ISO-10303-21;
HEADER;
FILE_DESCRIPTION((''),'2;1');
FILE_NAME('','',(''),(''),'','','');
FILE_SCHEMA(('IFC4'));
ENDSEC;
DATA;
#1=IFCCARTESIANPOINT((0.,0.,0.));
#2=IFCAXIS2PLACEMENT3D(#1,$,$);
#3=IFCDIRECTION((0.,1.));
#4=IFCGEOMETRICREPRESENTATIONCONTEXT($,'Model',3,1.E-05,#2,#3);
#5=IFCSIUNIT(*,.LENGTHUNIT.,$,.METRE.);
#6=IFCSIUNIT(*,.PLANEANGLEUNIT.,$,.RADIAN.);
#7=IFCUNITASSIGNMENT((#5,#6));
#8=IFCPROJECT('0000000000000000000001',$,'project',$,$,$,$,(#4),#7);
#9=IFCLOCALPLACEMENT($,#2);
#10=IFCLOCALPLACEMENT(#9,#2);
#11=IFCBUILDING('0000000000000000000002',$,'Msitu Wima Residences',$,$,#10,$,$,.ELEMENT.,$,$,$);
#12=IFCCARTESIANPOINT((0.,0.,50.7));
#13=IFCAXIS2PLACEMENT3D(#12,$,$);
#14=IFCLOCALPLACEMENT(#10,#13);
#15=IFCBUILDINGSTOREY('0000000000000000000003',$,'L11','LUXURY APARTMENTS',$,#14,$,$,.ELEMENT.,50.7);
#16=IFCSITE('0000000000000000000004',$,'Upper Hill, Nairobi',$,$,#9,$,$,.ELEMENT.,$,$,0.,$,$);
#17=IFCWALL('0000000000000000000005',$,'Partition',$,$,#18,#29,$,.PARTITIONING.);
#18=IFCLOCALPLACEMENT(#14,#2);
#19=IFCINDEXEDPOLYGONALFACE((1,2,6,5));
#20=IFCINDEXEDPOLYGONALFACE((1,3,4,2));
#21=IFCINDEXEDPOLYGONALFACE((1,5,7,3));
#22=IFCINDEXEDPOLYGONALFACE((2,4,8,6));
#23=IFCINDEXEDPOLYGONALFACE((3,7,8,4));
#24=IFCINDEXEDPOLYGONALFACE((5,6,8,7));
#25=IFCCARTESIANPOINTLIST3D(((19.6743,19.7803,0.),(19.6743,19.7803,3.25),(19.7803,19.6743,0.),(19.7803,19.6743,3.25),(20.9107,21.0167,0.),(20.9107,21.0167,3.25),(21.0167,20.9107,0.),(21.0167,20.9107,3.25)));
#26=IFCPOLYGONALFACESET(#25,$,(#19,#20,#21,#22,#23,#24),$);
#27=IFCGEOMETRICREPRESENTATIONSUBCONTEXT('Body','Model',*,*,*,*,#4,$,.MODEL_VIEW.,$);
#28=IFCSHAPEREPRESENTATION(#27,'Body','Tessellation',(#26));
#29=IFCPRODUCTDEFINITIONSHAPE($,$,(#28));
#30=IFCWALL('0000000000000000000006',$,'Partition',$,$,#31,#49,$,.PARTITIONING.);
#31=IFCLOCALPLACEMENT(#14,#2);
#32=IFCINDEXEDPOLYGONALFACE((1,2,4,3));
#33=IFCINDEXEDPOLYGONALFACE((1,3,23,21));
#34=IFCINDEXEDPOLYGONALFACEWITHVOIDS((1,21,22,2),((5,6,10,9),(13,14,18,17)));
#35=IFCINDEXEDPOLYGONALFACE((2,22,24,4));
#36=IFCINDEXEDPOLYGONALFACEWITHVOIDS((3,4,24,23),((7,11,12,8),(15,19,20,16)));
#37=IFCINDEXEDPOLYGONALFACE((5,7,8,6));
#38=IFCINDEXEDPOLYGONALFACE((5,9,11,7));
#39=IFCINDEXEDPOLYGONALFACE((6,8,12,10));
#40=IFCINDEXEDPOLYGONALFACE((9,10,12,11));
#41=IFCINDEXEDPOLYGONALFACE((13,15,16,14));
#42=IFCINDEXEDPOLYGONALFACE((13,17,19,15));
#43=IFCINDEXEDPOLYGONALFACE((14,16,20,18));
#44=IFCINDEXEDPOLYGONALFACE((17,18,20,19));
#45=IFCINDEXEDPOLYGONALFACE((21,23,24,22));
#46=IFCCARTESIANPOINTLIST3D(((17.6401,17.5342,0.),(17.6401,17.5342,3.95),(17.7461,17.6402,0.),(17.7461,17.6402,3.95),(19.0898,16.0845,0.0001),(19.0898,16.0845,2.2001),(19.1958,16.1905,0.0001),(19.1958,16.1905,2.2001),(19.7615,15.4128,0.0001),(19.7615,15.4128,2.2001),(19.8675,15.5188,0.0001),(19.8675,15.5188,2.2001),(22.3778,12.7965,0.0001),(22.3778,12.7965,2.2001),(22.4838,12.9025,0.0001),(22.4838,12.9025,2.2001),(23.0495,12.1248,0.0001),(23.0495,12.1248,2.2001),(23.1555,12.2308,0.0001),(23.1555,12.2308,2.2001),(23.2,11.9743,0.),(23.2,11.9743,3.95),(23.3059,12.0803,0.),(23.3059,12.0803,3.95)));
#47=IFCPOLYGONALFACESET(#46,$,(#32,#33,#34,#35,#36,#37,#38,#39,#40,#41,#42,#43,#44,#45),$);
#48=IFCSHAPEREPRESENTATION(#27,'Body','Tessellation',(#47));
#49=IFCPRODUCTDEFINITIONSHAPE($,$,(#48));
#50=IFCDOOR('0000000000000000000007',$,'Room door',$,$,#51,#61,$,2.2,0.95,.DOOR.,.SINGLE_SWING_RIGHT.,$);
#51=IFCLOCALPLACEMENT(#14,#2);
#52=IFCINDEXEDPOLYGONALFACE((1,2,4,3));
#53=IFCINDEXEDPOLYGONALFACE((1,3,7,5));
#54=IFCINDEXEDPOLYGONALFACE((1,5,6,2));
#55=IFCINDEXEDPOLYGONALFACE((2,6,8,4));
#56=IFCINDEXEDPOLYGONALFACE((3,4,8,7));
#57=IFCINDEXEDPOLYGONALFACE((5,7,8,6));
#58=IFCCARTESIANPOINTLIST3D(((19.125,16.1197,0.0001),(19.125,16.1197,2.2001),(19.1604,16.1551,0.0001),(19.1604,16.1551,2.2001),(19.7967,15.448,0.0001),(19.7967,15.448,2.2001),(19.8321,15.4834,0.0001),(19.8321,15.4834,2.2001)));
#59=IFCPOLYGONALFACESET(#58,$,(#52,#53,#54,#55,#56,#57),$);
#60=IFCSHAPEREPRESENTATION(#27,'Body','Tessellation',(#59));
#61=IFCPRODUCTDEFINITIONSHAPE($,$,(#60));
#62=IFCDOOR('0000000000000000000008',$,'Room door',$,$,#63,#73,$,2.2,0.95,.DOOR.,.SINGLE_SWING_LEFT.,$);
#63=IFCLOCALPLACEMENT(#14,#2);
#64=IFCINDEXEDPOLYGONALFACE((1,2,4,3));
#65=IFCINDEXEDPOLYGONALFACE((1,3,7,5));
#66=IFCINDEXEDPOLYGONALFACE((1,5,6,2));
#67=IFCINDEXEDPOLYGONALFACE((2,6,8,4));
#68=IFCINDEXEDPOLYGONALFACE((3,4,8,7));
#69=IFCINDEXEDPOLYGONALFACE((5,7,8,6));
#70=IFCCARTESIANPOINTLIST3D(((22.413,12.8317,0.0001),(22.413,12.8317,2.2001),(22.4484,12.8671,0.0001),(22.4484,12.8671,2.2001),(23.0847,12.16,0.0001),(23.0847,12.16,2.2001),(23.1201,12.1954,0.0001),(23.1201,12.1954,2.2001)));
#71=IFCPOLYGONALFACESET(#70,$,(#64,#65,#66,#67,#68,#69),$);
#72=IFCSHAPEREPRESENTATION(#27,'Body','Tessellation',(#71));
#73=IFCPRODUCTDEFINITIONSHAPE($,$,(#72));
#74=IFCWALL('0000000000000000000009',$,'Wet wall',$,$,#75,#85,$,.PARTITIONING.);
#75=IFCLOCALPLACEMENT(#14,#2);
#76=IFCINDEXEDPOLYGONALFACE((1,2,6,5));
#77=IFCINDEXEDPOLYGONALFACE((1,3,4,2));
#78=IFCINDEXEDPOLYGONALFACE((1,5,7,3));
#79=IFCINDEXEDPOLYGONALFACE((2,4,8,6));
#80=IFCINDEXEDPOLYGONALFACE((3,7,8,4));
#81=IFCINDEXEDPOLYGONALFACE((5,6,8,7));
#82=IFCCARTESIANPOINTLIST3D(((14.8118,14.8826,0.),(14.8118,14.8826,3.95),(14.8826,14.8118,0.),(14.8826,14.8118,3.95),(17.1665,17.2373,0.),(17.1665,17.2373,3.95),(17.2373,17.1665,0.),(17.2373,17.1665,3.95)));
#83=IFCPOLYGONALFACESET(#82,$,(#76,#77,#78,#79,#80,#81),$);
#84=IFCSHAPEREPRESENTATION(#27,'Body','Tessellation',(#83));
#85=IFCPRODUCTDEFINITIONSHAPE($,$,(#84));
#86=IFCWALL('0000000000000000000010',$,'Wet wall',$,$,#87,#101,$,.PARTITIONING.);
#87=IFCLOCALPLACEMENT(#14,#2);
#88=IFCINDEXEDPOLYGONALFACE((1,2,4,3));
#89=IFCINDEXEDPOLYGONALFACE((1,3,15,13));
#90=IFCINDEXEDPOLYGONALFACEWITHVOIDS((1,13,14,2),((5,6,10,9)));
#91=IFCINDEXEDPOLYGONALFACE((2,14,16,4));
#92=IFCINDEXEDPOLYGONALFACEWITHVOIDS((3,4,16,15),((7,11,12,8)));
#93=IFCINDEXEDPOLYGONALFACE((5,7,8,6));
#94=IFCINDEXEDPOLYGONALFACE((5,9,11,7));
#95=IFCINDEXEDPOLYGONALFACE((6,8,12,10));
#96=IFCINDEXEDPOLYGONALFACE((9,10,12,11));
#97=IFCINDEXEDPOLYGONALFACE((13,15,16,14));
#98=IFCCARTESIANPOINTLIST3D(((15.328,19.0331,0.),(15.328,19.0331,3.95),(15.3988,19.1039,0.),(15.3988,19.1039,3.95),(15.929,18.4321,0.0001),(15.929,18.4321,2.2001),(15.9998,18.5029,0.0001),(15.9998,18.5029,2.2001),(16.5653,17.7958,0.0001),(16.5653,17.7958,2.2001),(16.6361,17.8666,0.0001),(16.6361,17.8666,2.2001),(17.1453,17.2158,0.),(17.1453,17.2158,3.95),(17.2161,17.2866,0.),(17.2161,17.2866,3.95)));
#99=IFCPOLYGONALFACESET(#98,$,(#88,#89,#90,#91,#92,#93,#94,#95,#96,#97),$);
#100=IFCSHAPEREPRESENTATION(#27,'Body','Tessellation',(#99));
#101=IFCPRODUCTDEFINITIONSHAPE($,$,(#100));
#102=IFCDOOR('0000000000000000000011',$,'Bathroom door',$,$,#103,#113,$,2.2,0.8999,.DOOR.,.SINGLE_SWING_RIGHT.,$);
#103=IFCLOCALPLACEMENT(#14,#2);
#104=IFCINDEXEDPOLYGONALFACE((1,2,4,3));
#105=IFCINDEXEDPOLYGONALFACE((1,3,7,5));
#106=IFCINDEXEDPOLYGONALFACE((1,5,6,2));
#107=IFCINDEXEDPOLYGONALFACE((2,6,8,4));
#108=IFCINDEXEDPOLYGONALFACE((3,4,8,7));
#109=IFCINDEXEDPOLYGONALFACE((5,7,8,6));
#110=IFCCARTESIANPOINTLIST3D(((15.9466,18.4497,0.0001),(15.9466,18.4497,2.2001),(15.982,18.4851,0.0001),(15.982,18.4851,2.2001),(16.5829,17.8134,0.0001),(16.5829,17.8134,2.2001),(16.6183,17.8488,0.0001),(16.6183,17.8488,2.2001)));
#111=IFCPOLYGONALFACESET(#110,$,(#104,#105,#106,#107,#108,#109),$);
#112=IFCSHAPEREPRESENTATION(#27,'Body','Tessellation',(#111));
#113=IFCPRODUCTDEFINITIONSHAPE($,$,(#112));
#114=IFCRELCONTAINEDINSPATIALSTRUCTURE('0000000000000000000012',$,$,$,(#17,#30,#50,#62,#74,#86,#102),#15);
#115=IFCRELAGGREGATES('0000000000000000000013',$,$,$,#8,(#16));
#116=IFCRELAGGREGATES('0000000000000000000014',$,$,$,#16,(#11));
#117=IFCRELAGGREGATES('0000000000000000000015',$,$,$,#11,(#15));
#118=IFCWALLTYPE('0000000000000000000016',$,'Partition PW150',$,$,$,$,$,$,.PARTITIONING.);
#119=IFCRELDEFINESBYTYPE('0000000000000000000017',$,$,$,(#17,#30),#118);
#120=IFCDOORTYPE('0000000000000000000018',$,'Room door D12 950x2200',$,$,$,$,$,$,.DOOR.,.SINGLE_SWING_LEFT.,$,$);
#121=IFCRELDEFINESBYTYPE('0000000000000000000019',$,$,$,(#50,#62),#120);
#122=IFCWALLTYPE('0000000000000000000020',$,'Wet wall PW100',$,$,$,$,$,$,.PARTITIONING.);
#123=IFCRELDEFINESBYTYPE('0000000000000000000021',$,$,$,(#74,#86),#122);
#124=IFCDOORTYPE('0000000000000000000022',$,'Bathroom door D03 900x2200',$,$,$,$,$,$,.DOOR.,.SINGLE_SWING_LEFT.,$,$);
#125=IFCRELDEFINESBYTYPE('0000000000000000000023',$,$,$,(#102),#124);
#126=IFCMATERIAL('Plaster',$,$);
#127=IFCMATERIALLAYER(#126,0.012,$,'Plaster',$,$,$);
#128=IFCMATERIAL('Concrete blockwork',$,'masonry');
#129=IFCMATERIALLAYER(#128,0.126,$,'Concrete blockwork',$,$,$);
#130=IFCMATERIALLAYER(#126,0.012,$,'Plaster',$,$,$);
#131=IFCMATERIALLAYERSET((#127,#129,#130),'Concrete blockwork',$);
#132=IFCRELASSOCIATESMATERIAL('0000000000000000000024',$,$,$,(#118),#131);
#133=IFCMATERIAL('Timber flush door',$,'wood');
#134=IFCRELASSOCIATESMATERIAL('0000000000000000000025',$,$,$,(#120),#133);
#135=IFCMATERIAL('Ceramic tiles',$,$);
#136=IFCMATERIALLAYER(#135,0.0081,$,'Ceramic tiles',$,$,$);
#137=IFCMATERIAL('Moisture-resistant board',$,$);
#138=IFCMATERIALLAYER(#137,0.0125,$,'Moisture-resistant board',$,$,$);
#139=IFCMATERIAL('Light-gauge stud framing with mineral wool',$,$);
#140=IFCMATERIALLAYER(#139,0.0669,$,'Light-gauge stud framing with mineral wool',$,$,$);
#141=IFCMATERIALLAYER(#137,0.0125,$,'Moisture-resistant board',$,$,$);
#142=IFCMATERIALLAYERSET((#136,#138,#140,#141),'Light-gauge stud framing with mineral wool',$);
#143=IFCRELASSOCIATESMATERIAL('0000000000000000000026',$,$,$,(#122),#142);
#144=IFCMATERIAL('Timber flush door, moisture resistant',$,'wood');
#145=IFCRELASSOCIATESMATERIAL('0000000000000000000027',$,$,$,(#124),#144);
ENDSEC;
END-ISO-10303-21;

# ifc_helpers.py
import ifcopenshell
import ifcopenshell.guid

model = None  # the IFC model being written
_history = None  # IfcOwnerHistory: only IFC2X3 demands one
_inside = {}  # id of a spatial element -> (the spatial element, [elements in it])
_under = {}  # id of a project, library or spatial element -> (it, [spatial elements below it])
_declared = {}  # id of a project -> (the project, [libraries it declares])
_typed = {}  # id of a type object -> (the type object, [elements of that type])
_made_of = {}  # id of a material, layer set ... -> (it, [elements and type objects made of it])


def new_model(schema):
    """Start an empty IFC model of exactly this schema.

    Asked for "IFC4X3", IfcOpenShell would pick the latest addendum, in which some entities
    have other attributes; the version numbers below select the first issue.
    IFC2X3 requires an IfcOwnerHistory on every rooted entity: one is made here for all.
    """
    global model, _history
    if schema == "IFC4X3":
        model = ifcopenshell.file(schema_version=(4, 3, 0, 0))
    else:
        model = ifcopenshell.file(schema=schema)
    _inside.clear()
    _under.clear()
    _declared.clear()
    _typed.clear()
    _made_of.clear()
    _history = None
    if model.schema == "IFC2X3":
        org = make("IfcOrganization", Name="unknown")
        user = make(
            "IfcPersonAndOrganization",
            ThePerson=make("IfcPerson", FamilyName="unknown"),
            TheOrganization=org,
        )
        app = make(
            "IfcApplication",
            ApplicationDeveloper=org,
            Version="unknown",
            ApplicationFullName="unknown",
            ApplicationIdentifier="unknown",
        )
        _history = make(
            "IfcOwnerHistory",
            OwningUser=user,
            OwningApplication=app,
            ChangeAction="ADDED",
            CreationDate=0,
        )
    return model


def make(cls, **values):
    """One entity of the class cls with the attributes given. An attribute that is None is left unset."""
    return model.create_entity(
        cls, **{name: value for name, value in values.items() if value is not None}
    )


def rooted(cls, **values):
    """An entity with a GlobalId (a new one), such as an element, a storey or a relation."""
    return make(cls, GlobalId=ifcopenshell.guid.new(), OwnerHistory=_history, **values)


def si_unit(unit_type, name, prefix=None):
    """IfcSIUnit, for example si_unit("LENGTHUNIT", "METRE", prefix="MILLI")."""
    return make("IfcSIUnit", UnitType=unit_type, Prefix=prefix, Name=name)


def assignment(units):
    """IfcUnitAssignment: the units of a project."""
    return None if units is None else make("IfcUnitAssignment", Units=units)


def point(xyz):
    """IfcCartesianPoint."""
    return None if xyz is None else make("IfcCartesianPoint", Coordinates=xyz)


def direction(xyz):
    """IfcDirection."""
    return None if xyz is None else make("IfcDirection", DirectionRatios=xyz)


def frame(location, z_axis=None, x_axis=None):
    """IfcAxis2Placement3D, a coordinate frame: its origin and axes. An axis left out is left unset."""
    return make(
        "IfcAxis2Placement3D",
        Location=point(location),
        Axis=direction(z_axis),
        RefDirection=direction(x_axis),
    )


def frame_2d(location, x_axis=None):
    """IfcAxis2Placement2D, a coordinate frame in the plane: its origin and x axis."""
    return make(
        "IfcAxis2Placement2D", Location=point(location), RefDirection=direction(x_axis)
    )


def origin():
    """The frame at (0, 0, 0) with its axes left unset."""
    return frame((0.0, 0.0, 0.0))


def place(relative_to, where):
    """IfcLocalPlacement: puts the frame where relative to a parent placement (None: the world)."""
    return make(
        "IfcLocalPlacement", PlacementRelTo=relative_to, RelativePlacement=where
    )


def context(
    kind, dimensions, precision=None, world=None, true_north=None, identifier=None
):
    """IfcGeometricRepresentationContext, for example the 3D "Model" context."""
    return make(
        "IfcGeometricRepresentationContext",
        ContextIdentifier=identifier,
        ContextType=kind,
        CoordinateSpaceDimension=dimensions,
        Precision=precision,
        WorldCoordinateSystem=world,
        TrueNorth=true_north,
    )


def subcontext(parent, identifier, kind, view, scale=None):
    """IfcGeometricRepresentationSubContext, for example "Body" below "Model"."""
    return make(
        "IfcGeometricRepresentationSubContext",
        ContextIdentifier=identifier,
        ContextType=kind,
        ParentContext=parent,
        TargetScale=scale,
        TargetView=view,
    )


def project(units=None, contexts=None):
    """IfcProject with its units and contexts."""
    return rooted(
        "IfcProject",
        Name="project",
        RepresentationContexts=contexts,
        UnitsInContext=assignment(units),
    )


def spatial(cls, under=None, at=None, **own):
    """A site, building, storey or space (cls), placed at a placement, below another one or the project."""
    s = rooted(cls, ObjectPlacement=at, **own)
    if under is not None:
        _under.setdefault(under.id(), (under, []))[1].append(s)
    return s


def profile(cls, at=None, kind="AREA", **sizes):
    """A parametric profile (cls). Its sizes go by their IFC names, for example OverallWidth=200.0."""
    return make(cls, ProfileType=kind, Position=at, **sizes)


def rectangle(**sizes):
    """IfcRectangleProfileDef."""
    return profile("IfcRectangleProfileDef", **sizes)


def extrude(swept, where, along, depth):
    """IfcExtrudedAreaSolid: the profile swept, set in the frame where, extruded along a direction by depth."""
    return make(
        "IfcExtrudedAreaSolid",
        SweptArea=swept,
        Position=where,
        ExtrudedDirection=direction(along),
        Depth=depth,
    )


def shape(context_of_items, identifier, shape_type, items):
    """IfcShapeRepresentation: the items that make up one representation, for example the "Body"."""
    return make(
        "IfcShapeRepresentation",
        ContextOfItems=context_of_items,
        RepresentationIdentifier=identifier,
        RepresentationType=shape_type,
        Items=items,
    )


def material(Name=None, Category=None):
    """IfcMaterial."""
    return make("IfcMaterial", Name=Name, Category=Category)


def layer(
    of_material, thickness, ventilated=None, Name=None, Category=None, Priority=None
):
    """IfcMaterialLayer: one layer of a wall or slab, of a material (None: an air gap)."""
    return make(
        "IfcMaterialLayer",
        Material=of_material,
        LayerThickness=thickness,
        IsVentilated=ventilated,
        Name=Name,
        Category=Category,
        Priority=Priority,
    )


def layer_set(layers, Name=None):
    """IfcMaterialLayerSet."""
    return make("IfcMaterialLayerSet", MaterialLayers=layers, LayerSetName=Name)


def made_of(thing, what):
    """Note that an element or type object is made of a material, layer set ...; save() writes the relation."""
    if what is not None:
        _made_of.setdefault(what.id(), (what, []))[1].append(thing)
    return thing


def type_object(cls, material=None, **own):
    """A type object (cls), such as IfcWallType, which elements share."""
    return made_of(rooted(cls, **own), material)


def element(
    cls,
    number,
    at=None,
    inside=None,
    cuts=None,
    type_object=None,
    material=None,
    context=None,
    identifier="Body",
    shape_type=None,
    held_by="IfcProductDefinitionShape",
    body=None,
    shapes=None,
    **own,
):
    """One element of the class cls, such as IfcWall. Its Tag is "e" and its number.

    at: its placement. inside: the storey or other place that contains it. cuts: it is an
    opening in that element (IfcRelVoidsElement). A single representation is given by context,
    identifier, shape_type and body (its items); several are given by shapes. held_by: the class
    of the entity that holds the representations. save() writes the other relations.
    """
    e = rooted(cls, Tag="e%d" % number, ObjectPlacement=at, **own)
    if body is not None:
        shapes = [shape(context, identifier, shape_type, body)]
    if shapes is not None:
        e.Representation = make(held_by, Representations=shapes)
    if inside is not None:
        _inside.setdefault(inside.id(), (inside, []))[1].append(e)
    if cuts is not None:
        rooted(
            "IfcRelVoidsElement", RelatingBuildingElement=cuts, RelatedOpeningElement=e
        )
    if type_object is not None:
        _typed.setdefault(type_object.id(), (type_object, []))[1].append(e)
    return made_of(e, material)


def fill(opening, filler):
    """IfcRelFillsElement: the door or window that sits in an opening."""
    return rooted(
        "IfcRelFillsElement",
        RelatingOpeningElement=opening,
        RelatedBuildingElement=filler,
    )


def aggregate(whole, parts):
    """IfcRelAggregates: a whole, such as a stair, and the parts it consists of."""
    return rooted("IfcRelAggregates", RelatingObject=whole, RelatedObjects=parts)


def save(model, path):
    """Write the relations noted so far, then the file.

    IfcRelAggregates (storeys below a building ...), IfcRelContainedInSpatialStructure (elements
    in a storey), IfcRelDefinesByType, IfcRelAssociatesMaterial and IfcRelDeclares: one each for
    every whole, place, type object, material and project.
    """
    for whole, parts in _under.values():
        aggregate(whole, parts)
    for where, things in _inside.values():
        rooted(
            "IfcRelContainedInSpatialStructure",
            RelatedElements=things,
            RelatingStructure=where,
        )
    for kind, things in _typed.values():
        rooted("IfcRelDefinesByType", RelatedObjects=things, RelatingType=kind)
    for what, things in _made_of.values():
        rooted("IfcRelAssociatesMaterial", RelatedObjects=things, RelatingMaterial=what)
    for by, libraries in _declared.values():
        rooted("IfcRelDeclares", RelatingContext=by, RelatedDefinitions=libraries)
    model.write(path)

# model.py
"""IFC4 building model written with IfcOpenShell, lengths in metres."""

from ifc_helpers import new_model, si_unit, direction, frame, frame_2d, origin, place, context, subcontext, project, spatial, rectangle, extrude, material, layer, layer_set, type_object, element, fill, save


model = new_model("IFC4")

# Units and contexts
model_context = context("Model", 3, precision=1e-05, world=origin(), true_north=direction((0.0, 1.0)))
body_context = subcontext(model_context, "Body", "Model", "MODEL_VIEW")
ifc_project = project(units=[si_unit("LENGTHUNIT", "METRE"), si_unit("PLANEANGLEUNIT", "RADIAN")], contexts=[model_context])

# Site, building, storey
site_placement = place(None, origin())
site = spatial("IfcSite", under=ifc_project, at=site_placement, Name="Upper Hill, Nairobi", CompositionType="ELEMENT", RefElevation=0.0)
building_placement = place(site_placement, origin())
building = spatial("IfcBuilding", under=site, at=building_placement, Name="Msitu Wima Residences", CompositionType="ELEMENT")
storey_placement = place(building_placement, frame((0.0, 0.0, 50.7)))
storey = spatial("IfcBuildingStorey", under=building, at=storey_placement, Name="L11", Description="LUXURY APARTMENTS", CompositionType="ELEMENT", Elevation=50.7)

# Wall
ifc_material_1 = material(Name="Plaster")
ifc_layer_1 = layer(ifc_material_1, 0.012, Name="Plaster")
ifc_material_2 = material(Name="Concrete blockwork", Category="masonry")
ifc_layer_2 = layer(ifc_material_2, 0.126, Name="Concrete blockwork")
ifc_layer_3 = layer(ifc_material_1, 0.012, Name="Plaster")
ifc_layer_set_1 = layer_set([ifc_layer_1, ifc_layer_2, ifc_layer_3], Name="Concrete blockwork")
wall_type_1 = type_object("IfcWallType", Name="Partition PW150", PredefinedType="PARTITIONING", material=ifc_layer_set_1)
wall_1_placement = place(storey_placement, frame((19.7273, 19.7273, 0.0), z_axis=(0.0, 0.0, 1.0), x_axis=(0.707107, 0.707107, 0.0)))
element("IfcWall", 1, at=wall_1_placement, inside=storey, type_object=wall_type_1, Name="Partition", PredefinedType="PARTITIONING", context=body_context, shape_type="SweptSolid", body=[
    extrude(rectangle(XDim=1.7485, YDim=0.1499, at=frame_2d((0.8743, 0.0))), origin(), (0.0, 0.0, 1.0), 3.25),
])

# Wall, openings, doors
wall_2_placement = place(storey_placement, frame((17.6931, 17.5872, 0.0), z_axis=(0.0, 0.0, 1.0), x_axis=(0.707107, -0.707107, 0.0)))
wall_2 = element("IfcWall", 2, at=wall_2_placement, inside=storey, type_object=wall_type_1, Name="Partition", PredefinedType="PARTITIONING", context=body_context, shape_type="SweptSolid", body=[
    extrude(rectangle(XDim=7.8628, YDim=0.1499, at=frame_2d((3.9314, 0.0))), origin(), (0.0, 0.0, 1.0), 3.95),
])
opening_1_placement = place(wall_2_placement, frame((2.05, 0.0, 0.0)))
opening_1 = element("IfcOpeningElement", 3, at=opening_1_placement, cuts=wall_2, PredefinedType="OPENING", context=body_context, shape_type="SweptSolid", body=[
    extrude(rectangle(XDim=0.95, YDim=2.2, at=frame_2d((0.4751, 1.1001))), frame((0.0, 0.085, 0.0), z_axis=(0.0, -1.0, 0.0), x_axis=(1.0, 0.0, 0.0)), (0.0, 0.0, 1.0), 0.1699),
])
opening_2_placement = place(wall_2_placement, frame((6.7, 0.0, 0.0)))
opening_2 = element("IfcOpeningElement", 4, at=opening_2_placement, cuts=wall_2, PredefinedType="OPENING", context=body_context, shape_type="SweptSolid", body=[
    extrude(rectangle(XDim=0.95, YDim=2.2, at=frame_2d((0.4751, 1.1001))), frame((0.0, 0.085, 0.0), z_axis=(0.0, -1.0, 0.0), x_axis=(1.0, 0.0, 0.0)), (0.0, 0.0, 1.0), 0.1699),
])
ifc_material_3 = material(Name="Timber flush door", Category="wood")
door_type_1 = type_object("IfcDoorType", Name="Room door D12 950x2200", OperationType="SINGLE_SWING_LEFT", PredefinedType="DOOR", material=ifc_material_3)
door_1_placement = place(opening_1_placement, origin())
door_1 = element("IfcDoor", 5, at=door_1_placement, inside=storey, type_object=door_type_1, Name="Room door", OperationType="SINGLE_SWING_RIGHT", OverallHeight=2.2, OverallWidth=0.95, PredefinedType="DOOR", context=body_context, shape_type="SweptSolid", body=[
    extrude(rectangle(XDim=0.95, YDim=2.2, at=frame_2d((0.4751, 1.1001))), frame((0.0, 0.0249, 0.0), z_axis=(0.0, -1.0, 0.0), x_axis=(1.0, 0.0, 0.0)), (0.0, 0.0, 1.0), 0.05),
])
fill(opening_1, door_1)
door_2_placement = place(opening_2_placement, origin())
door_2 = element("IfcDoor", 6, at=door_2_placement, inside=storey, type_object=door_type_1, Name="Room door", OperationType="SINGLE_SWING_LEFT", OverallHeight=2.2, OverallWidth=0.95, PredefinedType="DOOR", context=body_context, shape_type="SweptSolid", body=[
    extrude(rectangle(XDim=0.95, YDim=2.2, at=frame_2d((0.4751, 1.1001))), frame((0.0, 0.0249, 0.0), z_axis=(0.0, -1.0, 0.0), x_axis=(1.0, 0.0, 0.0)), (0.0, 0.0, 1.0), 0.05),
])
fill(opening_2, door_2)

# Wall
ifc_material_4 = material(Name="Ceramic tiles")
ifc_layer_4 = layer(ifc_material_4, 0.0081, Name="Ceramic tiles")
ifc_material_5 = material(Name="Moisture-resistant board")
ifc_layer_5 = layer(ifc_material_5, 0.0125, Name="Moisture-resistant board")
ifc_material_6 = material(Name="Light-gauge stud framing with mineral wool")
ifc_layer_6 = layer(ifc_material_6, 0.0669, Name="Light-gauge stud framing with mineral wool")
ifc_layer_7 = layer(ifc_material_5, 0.0125, Name="Moisture-resistant board")
ifc_layer_set_2 = layer_set([ifc_layer_4, ifc_layer_5, ifc_layer_6, ifc_layer_7], Name="Light-gauge stud framing with mineral wool")
wall_type_2 = type_object("IfcWallType", Name="Wet wall PW100", PredefinedType="PARTITIONING", material=ifc_layer_set_2)
wall_3_placement = place(storey_placement, frame((14.8472, 14.8472, 0.0), z_axis=(0.0, 0.0, 1.0), x_axis=(0.707107, 0.707107, 0.0)))
element("IfcWall", 7, at=wall_3_placement, inside=storey, type_object=wall_type_2, Name="Wet wall", PredefinedType="PARTITIONING", context=body_context, shape_type="SweptSolid", body=[
    extrude(rectangle(XDim=3.3301, YDim=0.1001, at=frame_2d((1.665, 0.0))), origin(), (0.0, 0.0, 1.0), 3.95),
])

# Wall, opening, door
wall_4_placement = place(storey_placement, frame((15.3633, 19.0686, 0.0), z_axis=(0.0, 0.0, 1.0), x_axis=(0.707107, -0.707107, 0.0)))
wall_4 = element("IfcWall", 8, at=wall_4_placement, inside=storey, type_object=wall_type_2, Name="Wet wall", PredefinedType="PARTITIONING", context=body_context, shape_type="SweptSolid", body=[
    extrude(rectangle(XDim=2.5701, YDim=0.1001, at=frame_2d((1.2852, 0.0))), origin(), (0.0, 0.0, 1.0), 3.95),
])
opening_3_placement = place(wall_4_placement, frame((0.8501, 0.0, 0.0)))
opening_3 = element("IfcOpeningElement", 9, at=opening_3_placement, cuts=wall_4, PredefinedType="OPENING", context=body_context, shape_type="SweptSolid", body=[
    extrude(rectangle(XDim=0.8999, YDim=2.2, at=frame_2d((0.45, 1.1001))), frame((0.0, 0.0601, 0.0), z_axis=(0.0, -1.0, 0.0), x_axis=(1.0, 0.0, 0.0)), (0.0, 0.0, 1.0), 0.1201),
])
ifc_material_7 = material(Name="Timber flush door, moisture resistant", Category="wood")
door_type_2 = type_object("IfcDoorType", Name="Bathroom door D03 900x2200", OperationType="SINGLE_SWING_LEFT", PredefinedType="DOOR", material=ifc_material_7)
door_3_placement = place(opening_3_placement, origin())
door_3 = element("IfcDoor", 10, at=door_3_placement, inside=storey, type_object=door_type_2, Name="Bathroom door", OperationType="SINGLE_SWING_RIGHT", OverallHeight=2.2, OverallWidth=0.8999, PredefinedType="DOOR", context=body_context, shape_type="SweptSolid", body=[
    extrude(rectangle(XDim=0.8999, YDim=2.2, at=frame_2d((0.45, 1.1001))), frame((0.0, 0.0249, 0.0), z_axis=(0.0, -1.0, 0.0), x_axis=(1.0, 0.0, 0.0)), (0.0, 0.0, 1.0), 0.05),
])
fill(opening_3, door_3)

save(model, "model.ifc")
